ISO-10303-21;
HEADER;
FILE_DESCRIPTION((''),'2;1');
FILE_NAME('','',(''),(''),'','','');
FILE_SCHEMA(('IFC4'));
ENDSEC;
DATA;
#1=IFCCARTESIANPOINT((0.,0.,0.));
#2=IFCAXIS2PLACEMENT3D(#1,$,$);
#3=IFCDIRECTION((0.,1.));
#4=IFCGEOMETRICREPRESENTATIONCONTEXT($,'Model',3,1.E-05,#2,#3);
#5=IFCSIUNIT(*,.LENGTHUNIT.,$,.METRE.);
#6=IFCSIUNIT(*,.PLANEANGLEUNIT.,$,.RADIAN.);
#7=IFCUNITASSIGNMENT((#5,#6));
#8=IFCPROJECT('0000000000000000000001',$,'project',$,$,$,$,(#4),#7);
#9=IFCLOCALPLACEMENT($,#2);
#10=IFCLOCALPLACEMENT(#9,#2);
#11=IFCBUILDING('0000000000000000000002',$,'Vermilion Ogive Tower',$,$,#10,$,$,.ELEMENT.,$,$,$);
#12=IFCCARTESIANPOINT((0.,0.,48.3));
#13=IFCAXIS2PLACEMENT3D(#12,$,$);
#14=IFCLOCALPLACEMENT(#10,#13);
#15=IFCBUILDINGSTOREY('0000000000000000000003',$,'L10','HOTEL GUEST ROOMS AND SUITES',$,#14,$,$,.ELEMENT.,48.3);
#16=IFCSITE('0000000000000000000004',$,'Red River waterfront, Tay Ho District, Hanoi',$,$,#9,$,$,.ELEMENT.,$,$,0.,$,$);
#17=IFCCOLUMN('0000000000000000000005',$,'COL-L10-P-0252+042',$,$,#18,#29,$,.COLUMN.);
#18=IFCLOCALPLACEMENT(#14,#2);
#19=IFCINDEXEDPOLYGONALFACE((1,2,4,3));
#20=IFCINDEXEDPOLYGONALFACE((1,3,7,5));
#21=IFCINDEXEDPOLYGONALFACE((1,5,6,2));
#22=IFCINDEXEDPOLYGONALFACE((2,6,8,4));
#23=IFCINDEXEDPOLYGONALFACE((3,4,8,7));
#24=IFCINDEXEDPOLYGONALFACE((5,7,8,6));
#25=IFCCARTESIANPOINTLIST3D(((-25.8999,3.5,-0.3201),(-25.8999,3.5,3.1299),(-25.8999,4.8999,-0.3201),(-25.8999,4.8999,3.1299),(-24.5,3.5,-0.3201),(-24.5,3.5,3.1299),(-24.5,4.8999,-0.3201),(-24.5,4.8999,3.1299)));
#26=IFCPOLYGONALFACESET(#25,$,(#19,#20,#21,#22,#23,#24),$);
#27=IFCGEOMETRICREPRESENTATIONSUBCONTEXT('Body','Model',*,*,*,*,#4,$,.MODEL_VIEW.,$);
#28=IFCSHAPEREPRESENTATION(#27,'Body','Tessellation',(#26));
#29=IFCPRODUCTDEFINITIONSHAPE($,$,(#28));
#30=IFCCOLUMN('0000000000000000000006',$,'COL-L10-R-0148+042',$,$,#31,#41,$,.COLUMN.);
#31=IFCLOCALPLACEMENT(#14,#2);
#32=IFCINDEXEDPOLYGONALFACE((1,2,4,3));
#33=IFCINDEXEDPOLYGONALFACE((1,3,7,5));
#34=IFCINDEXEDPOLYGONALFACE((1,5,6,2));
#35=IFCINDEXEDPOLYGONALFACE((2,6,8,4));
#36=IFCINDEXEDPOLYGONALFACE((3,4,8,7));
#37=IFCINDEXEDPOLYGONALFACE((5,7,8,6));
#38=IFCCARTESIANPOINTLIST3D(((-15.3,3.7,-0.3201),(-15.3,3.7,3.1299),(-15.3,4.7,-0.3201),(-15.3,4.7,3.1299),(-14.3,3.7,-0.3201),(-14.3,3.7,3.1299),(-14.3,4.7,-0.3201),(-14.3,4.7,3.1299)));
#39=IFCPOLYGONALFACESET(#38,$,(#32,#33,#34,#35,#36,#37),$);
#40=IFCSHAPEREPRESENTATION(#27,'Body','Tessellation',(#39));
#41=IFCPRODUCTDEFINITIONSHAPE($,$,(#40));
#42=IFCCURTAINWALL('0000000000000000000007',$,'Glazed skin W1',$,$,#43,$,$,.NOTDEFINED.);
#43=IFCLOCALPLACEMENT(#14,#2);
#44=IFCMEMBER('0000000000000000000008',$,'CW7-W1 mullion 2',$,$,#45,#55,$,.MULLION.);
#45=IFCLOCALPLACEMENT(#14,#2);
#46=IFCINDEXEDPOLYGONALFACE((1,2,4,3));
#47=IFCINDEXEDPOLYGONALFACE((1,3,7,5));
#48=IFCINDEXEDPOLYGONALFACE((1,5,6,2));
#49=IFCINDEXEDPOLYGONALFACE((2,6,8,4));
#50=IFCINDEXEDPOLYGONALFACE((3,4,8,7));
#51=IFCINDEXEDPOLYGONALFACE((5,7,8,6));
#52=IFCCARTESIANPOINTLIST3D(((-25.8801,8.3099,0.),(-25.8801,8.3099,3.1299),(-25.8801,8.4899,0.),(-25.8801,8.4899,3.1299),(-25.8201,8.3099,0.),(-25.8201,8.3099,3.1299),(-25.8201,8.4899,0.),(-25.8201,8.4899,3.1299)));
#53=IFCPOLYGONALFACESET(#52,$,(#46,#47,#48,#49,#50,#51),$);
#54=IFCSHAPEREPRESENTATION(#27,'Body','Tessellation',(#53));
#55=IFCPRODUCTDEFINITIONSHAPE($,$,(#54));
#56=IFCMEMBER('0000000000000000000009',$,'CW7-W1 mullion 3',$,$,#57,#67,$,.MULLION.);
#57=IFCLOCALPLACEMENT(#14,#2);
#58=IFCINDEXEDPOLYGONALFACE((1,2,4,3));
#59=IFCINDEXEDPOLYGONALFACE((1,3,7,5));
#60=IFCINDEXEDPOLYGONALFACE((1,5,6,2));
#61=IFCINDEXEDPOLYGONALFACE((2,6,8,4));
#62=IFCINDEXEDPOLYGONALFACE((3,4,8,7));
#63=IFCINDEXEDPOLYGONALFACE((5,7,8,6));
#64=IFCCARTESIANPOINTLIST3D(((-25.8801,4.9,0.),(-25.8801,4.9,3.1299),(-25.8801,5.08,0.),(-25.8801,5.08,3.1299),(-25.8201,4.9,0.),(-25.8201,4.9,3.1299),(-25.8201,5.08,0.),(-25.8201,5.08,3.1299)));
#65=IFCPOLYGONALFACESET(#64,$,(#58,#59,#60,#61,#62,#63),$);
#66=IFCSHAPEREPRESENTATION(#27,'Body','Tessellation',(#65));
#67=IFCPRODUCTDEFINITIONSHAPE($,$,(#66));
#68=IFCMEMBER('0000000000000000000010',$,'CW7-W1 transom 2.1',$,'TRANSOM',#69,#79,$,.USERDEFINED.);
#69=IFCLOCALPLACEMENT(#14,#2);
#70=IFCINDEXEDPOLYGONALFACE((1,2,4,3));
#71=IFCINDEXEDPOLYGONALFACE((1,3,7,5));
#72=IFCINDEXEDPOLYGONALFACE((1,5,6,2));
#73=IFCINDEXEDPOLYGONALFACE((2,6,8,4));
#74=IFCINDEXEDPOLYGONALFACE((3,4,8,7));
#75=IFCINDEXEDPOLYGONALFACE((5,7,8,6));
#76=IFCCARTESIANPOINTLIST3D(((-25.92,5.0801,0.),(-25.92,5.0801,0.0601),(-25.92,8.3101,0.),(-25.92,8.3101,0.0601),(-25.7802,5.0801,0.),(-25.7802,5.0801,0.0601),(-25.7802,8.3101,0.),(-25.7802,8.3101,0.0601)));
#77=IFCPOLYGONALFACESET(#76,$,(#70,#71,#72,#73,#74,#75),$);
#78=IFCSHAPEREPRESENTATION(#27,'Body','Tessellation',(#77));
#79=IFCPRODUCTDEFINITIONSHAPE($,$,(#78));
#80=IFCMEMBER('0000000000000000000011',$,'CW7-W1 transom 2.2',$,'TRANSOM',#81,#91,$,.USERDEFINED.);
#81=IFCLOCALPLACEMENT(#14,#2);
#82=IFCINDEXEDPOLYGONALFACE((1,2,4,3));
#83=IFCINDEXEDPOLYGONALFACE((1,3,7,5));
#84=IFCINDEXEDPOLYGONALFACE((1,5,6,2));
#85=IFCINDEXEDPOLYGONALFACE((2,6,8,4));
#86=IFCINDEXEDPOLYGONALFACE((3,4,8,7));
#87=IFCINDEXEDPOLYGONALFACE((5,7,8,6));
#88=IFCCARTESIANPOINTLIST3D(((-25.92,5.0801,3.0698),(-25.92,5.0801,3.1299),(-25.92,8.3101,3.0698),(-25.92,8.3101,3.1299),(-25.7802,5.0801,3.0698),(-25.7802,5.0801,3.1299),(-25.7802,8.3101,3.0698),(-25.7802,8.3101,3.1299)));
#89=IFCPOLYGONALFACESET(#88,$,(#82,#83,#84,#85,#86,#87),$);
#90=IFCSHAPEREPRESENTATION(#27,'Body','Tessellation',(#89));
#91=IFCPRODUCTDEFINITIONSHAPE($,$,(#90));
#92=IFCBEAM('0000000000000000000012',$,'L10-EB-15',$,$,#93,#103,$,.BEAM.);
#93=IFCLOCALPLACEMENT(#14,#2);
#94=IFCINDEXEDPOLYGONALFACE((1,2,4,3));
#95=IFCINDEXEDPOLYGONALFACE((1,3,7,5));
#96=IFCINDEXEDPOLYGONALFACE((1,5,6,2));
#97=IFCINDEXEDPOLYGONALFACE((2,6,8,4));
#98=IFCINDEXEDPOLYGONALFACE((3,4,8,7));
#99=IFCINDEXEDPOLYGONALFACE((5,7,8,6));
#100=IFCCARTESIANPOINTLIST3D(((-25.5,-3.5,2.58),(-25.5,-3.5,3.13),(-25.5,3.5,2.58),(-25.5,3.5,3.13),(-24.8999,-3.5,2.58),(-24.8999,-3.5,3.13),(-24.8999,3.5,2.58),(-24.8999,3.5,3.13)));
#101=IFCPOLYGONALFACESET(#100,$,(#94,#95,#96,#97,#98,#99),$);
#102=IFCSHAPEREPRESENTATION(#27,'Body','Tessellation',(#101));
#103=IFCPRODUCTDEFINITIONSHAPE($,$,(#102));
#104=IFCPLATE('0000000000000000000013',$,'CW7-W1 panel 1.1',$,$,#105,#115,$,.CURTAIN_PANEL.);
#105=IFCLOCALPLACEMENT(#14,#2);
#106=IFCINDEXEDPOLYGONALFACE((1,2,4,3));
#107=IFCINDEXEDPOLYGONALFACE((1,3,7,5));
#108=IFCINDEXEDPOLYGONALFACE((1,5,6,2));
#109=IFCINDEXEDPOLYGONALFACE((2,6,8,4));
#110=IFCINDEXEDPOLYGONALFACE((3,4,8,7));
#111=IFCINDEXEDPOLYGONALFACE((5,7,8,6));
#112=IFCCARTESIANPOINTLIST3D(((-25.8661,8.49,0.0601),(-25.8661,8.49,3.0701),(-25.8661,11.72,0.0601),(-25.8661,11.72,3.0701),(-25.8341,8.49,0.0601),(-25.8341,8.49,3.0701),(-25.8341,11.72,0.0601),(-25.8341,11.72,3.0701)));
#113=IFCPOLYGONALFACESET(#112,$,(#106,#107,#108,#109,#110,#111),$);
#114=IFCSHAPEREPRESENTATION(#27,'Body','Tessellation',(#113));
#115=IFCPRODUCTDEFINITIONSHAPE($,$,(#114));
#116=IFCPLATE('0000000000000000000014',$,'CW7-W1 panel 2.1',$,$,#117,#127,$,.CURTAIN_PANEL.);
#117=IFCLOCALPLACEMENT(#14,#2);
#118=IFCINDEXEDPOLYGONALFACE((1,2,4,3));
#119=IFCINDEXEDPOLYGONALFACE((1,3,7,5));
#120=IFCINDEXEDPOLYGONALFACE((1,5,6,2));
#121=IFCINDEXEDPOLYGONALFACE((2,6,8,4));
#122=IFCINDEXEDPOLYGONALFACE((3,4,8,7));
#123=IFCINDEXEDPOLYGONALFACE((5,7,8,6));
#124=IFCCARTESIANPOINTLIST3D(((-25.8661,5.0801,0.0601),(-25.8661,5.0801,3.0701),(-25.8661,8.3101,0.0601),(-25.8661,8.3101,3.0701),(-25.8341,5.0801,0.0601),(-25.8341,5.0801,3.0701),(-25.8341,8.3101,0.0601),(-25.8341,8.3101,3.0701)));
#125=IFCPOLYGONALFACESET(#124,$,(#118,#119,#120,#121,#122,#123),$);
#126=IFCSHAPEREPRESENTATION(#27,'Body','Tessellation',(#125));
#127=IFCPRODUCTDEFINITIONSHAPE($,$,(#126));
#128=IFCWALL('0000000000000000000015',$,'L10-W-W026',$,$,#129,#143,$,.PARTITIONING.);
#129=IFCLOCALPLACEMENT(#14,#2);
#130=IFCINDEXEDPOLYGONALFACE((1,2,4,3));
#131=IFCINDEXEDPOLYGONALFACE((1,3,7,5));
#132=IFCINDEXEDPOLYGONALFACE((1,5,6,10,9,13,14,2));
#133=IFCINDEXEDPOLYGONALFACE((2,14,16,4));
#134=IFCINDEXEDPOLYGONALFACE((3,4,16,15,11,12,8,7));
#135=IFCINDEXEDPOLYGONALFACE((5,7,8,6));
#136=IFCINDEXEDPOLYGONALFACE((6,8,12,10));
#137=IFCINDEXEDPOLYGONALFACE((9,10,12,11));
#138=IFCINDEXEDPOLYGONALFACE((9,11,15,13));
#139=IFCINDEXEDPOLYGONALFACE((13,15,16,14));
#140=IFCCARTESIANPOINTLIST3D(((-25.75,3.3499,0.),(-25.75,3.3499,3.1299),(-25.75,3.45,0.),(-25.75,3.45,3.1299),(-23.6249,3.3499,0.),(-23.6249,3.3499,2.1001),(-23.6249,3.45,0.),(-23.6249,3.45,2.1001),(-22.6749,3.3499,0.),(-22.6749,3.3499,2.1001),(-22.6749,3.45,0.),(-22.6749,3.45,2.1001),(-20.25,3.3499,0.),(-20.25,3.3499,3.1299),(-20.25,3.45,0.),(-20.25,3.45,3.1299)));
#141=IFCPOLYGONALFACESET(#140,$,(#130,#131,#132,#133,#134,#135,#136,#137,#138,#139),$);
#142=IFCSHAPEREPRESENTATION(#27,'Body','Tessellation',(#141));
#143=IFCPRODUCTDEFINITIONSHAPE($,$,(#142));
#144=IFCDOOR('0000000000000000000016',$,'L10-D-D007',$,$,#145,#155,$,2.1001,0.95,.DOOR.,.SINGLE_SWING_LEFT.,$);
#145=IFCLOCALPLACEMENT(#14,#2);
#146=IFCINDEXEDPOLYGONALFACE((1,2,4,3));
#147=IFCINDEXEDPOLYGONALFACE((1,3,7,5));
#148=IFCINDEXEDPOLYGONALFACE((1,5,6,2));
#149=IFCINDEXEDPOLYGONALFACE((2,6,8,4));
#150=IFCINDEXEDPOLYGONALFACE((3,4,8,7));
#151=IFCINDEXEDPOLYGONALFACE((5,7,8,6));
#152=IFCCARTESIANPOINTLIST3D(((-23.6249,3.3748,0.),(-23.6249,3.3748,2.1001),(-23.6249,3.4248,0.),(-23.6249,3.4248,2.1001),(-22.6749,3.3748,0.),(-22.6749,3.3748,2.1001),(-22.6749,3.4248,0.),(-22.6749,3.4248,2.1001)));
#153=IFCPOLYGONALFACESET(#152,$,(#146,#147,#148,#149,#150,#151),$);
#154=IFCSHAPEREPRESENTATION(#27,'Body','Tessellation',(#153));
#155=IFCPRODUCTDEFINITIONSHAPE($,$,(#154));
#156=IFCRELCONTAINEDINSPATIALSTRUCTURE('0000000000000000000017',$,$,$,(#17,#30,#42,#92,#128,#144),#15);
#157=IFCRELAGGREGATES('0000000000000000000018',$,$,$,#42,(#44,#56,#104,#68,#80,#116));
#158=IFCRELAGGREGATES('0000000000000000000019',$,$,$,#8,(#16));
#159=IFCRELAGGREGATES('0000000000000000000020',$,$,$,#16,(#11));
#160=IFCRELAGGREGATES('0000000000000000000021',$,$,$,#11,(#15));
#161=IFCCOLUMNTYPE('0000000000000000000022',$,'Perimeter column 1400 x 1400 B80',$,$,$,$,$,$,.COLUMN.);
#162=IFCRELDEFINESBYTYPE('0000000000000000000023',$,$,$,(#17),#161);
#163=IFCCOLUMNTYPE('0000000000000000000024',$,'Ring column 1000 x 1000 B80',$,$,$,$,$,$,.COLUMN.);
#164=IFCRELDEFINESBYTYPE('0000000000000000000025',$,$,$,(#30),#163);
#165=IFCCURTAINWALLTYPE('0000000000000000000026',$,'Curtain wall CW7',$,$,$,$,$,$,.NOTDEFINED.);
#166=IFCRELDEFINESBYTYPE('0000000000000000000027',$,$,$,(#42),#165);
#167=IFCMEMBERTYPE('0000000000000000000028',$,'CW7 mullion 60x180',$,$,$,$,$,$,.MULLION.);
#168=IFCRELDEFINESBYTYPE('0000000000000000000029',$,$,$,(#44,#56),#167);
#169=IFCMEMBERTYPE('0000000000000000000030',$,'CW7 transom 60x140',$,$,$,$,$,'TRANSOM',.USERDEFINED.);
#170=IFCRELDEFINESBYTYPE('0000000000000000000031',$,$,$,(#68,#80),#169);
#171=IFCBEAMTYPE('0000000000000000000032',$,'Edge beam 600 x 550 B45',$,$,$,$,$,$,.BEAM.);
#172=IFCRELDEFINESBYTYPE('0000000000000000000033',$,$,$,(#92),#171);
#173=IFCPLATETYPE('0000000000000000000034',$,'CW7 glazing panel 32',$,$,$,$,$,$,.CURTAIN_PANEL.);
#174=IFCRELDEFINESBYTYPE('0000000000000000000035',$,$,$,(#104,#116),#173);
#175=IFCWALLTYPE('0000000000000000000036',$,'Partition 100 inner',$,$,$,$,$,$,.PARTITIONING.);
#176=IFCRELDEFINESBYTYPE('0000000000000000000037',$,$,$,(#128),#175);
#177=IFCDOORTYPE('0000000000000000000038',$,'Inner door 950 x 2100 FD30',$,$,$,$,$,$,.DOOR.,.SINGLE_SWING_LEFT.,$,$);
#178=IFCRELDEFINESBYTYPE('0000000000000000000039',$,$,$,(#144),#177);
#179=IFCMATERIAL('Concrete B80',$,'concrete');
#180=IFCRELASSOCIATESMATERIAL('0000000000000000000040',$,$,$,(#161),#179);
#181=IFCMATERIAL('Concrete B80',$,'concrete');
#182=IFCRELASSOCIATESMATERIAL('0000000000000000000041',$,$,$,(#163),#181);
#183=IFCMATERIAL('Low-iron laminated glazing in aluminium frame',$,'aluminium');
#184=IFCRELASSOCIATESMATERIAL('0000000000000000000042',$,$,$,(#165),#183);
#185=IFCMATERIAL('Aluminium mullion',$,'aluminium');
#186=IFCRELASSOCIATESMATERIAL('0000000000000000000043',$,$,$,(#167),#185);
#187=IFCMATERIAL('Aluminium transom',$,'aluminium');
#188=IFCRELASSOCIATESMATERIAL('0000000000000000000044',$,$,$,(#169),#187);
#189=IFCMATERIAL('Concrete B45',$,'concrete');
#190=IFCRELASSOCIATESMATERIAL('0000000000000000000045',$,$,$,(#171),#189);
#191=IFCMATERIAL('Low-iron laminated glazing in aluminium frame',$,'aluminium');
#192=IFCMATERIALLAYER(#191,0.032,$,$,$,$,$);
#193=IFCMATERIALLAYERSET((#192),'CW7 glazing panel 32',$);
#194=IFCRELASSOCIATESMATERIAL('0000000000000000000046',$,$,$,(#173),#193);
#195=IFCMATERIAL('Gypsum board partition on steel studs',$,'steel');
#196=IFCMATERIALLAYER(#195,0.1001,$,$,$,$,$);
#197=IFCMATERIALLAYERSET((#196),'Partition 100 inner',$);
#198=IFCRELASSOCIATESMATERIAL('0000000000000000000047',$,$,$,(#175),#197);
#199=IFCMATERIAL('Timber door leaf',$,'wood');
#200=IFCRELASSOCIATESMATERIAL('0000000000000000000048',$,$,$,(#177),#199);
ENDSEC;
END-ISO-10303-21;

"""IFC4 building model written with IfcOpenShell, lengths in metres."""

from ifc_helpers import new_model, si_unit, direction, frame, frame_2d, origin, origin_2d, place, context, subcontext, project, spatial, rectangle, extrude, material, layer, layer_set, material_profile, profile_set, type_object, element, fill, aggregate, save


model = new_model("IFC4")

# Units and contexts
model_context = context("Model", 3, precision=1e-05, world=origin(), true_north=direction((0.0, 1.0)))
body_context = subcontext(model_context, "Body", "Model", "MODEL_VIEW")
ifc_project = project(units=[si_unit("LENGTHUNIT", "METRE"), si_unit("PLANEANGLEUNIT", "RADIAN")], contexts=[model_context])

# Site, building, storey
site_placement = place(None, origin())
site = spatial("IfcSite", under=ifc_project, at=site_placement, Name="Red River waterfront, Tay Ho District, Hanoi", CompositionType="ELEMENT", RefElevation=0.0)
building_placement = place(site_placement, origin())
building = spatial("IfcBuilding", under=site, at=building_placement, Name="Vermilion Ogive Tower", CompositionType="ELEMENT")
storey_placement = place(building_placement, frame((0.0, 0.0, 48.3)))
storey = spatial("IfcBuildingStorey", under=building, at=storey_placement, Name="L10", Description="HOTEL GUEST ROOMS AND SUITES", CompositionType="ELEMENT", Elevation=48.3)

# Columns
ifc_material_1 = material(Name="Concrete B80", Category="concrete")
ifc_material_profile_1 = material_profile(ifc_material_1, rectangle(XDim=1.3999, YDim=1.3999, at=origin_2d()), Name="1400 x 1400")
ifc_profile_set_1 = profile_set([ifc_material_profile_1], Name="Concrete B80")
column_type_1 = type_object("IfcColumnType", Name="Perimeter column 1400 x 1400 B80", PredefinedType="COLUMN", material=ifc_profile_set_1)
column_1_placement = place(storey_placement, frame((-25.2, 4.2, -0.3201), z_axis=(0.0, 0.0, 1.0), x_axis=(1.0, 0.0, 0.0)))
element("IfcColumn", 1, at=column_1_placement, inside=storey, type_object=column_type_1, Name="COL-L10-P-0252+042", PredefinedType="COLUMN", context=body_context, shape_type="SweptSolid", body=[
    extrude(rectangle(XDim=1.3999, YDim=1.3999, at=origin_2d()), origin(), (0.0, 0.0, 1.0), 3.45),
])
ifc_material_2 = material(Name="Concrete B80", Category="concrete")
ifc_material_profile_2 = material_profile(ifc_material_2, rectangle(XDim=1.0, YDim=1.0, at=origin_2d()), Name="1000 x 1000")
ifc_profile_set_2 = profile_set([ifc_material_profile_2], Name="Concrete B80")
column_type_2 = type_object("IfcColumnType", Name="Ring column 1000 x 1000 B80", PredefinedType="COLUMN", material=ifc_profile_set_2)
column_2_placement = place(storey_placement, frame((-14.8, 4.2, -0.3201), z_axis=(0.0, 0.0, 1.0), x_axis=(1.0, 0.0, 0.0)))
element("IfcColumn", 2, at=column_2_placement, inside=storey, type_object=column_type_2, Name="COL-L10-R-0148+042", PredefinedType="COLUMN", context=body_context, shape_type="SweptSolid", body=[
    extrude(rectangle(XDim=1.0, YDim=1.0, at=origin_2d()), origin(), (0.0, 0.0, 1.0), 3.45),
])

# Curtain wall, members
ifc_material_3 = material(Name="Low-iron laminated glazing in aluminium frame", Category="aluminium")
curtain_wall_type = type_object("IfcCurtainWallType", Name="Curtain wall CW7", PredefinedType="NOTDEFINED", material=ifc_material_3)
curtain_wall_placement = place(storey_placement, origin())
curtain_wall = element("IfcCurtainWall", 3, at=curtain_wall_placement, inside=storey, type_object=curtain_wall_type, Name="Glazed skin W1", PredefinedType="NOTDEFINED")
ifc_material_4 = material(Name="Aluminium mullion", Category="aluminium")
ifc_material_profile_3 = material_profile(ifc_material_4, rectangle(XDim=0.0601, YDim=0.1799, at=origin_2d()), Name="AL 60x180")
ifc_profile_set_3 = profile_set([ifc_material_profile_3], Name="Aluminium mullion")
member_type_1 = type_object("IfcMemberType", Name="CW7 mullion 60x180", PredefinedType="MULLION", material=ifc_profile_set_3)
member_1_placement = place(storey_placement, frame((-25.8501, 8.3999, 0.0), z_axis=(0.0, 0.0, 1.0), x_axis=(1.0, 0.0, 0.0)))
member_1 = element("IfcMember", 4, at=member_1_placement, type_object=member_type_1, Name="CW7-W1 mullion 2", PredefinedType="MULLION", context=body_context, shape_type="SweptSolid", body=[
    extrude(rectangle(XDim=0.0601, YDim=0.1799, at=origin_2d()), origin(), (0.0, 0.0, 1.0), 3.1299),
])
member_2_placement = place(storey_placement, frame((-25.8501, 4.99, 0.0), z_axis=(0.0, 0.0, 1.0), x_axis=(1.0, 0.0, 0.0)))
member_2 = element("IfcMember", 5, at=member_2_placement, type_object=member_type_1, Name="CW7-W1 mullion 3", PredefinedType="MULLION", context=body_context, shape_type="SweptSolid", body=[
    extrude(rectangle(XDim=0.0601, YDim=0.1799, at=origin_2d()), origin(), (0.0, 0.0, 1.0), 3.1299),
])
ifc_material_5 = material(Name="Aluminium transom", Category="aluminium")
ifc_material_profile_4 = material_profile(ifc_material_5, rectangle(XDim=0.1399, YDim=0.0601, at=origin_2d()), Name="AL 60x140")
ifc_profile_set_4 = profile_set([ifc_material_profile_4], Name="Aluminium transom")
member_type_2 = type_object("IfcMemberType", Name="CW7 transom 60x140", ElementType="TRANSOM", PredefinedType="USERDEFINED", material=ifc_profile_set_4)
member_3_placement = place(storey_placement, frame((-25.8501, 8.3101, 0.03), z_axis=(0.0, -1.0, 0.0), x_axis=(1.0, 0.0, 0.0)))
member_3 = element("IfcMember", 6, at=member_3_placement, type_object=member_type_2, Name="CW7-W1 transom 2.1", ObjectType="TRANSOM", PredefinedType="USERDEFINED", context=body_context, shape_type="SweptSolid", body=[
    extrude(rectangle(XDim=0.1399, YDim=0.0601, at=origin_2d()), origin(), (0.0, 0.0, 1.0), 3.23),
])
member_4_placement = place(storey_placement, frame((-25.8501, 8.3101, 3.0999), z_axis=(0.0, -1.0, 0.0), x_axis=(1.0, 0.0, 0.0)))
member_4 = element("IfcMember", 7, at=member_4_placement, type_object=member_type_2, Name="CW7-W1 transom 2.2", ObjectType="TRANSOM", PredefinedType="USERDEFINED", context=body_context, shape_type="SweptSolid", body=[
    extrude(rectangle(XDim=0.1399, YDim=0.0601, at=origin_2d()), origin(), (0.0, 0.0, 1.0), 3.23),
])

# Beam
ifc_material_6 = material(Name="Concrete B45", Category="concrete")
ifc_material_profile_5 = material_profile(ifc_material_6, rectangle(XDim=0.6001, YDim=0.55, at=origin_2d()), Name="600 x 550")
ifc_profile_set_5 = profile_set([ifc_material_profile_5], Name="Concrete B45")
beam_type = type_object("IfcBeamType", Name="Edge beam 600 x 550 B45", PredefinedType="BEAM", material=ifc_profile_set_5)
beam_placement = place(storey_placement, frame((-25.2, 3.5, 2.855), z_axis=(0.0, -1.0, 0.0), x_axis=(1.0, 0.0, 0.0)))
element("IfcBeam", 8, at=beam_placement, inside=storey, type_object=beam_type, Name="L10-EB-15", PredefinedType="BEAM", context=body_context, shape_type="SweptSolid", body=[
    extrude(rectangle(XDim=0.6001, YDim=0.55, at=origin_2d()), origin(), (0.0, 0.0, 1.0), 7.0),
])

# Plates
ifc_material_7 = material(Name="Low-iron laminated glazing in aluminium frame", Category="aluminium")
ifc_layer_1 = layer(ifc_material_7, 0.032)
ifc_layer_set_1 = layer_set([ifc_layer_1], Name="CW7 glazing panel 32")
plate_type = type_object("IfcPlateType", Name="CW7 glazing panel 32", PredefinedType="CURTAIN_PANEL", material=ifc_layer_set_1)
plate_1_placement = place(storey_placement, frame((-25.8501, 10.105, 0.0601), z_axis=(0.0, 0.0, 1.0), x_axis=(0.0, -1.0, 0.0)))
plate_1 = element("IfcPlate", 9, at=plate_1_placement, type_object=plate_type, Name="CW7-W1 panel 1.1", PredefinedType="CURTAIN_PANEL", context=body_context, shape_type="SweptSolid", body=[
    extrude(rectangle(XDim=3.23, YDim=0.032, at=origin_2d()), origin(), (0.0, 0.0, 1.0), 3.01),
])
plate_2_placement = place(storey_placement, frame((-25.8501, 6.6951, 0.0601), z_axis=(0.0, 0.0, 1.0), x_axis=(0.0, -1.0, 0.0)))
plate_2 = element("IfcPlate", 10, at=plate_2_placement, type_object=plate_type, Name="CW7-W1 panel 2.1", PredefinedType="CURTAIN_PANEL", context=body_context, shape_type="SweptSolid", body=[
    extrude(rectangle(XDim=3.23, YDim=0.032, at=origin_2d()), origin(), (0.0, 0.0, 1.0), 3.01),
])
aggregate(curtain_wall, [member_1, member_2, plate_1, member_3, member_4, plate_2])

# Wall, opening, door
ifc_material_8 = material(Name="Gypsum board partition on steel studs", Category="steel")
ifc_layer_2 = layer(ifc_material_8, 0.1001)
ifc_layer_set_2 = layer_set([ifc_layer_2], Name="Partition 100 inner")
wall_type_1 = type_object("IfcWallType", Name="Partition 100 inner", PredefinedType="PARTITIONING", material=ifc_layer_set_2)
wall_1_placement = place(storey_placement, frame((-25.75, 3.3999, 0.0), z_axis=(0.0, 0.0, 1.0), x_axis=(1.0, 0.0, 0.0)))
wall_1 = element("IfcWall", 11, at=wall_1_placement, inside=storey, type_object=wall_type_1, Name="L10-W-W026", PredefinedType="PARTITIONING", context=body_context, shape_type="SweptSolid", body=[
    extrude(rectangle(XDim=5.5, YDim=0.1001, at=frame_2d((2.75, 0.0))), origin(), (0.0, 0.0, 1.0), 3.1299),
])
opening_1_placement = place(wall_1_placement, frame((2.125, 0.0, 0.0)))
opening_1 = element("IfcOpeningElement", 12, at=opening_1_placement, cuts=wall_1, PredefinedType="OPENING", context=body_context, shape_type="SweptSolid", body=[
    extrude(rectangle(XDim=0.95, YDim=2.1001, at=frame_2d((0.4751, 1.05))), frame((0.0, 0.0601, 0.0), z_axis=(0.0, -1.0, 0.0), x_axis=(1.0, 0.0, 0.0)), (0.0, 0.0, 1.0), 0.1201),
])
ifc_material_9 = material(Name="Timber door leaf", Category="wood")
door_type_1 = type_object("IfcDoorType", Name="Inner door 950 x 2100 FD30", OperationType="SINGLE_SWING_LEFT", PredefinedType="DOOR", material=ifc_material_9)
door_1_placement = place(opening_1_placement, origin())
door_1 = element("IfcDoor", 13, at=door_1_placement, inside=storey, type_object=door_type_1, Name="L10-D-D007", OperationType="SINGLE_SWING_LEFT", OverallHeight=2.1001, OverallWidth=0.95, PredefinedType="DOOR", context=body_context, shape_type="SweptSolid", body=[
    extrude(rectangle(XDim=0.95, YDim=2.1001, at=frame_2d((0.4751, 1.05))), frame((0.0, 0.0249, 0.0), z_axis=(0.0, -1.0, 0.0), x_axis=(1.0, 0.0, 0.0)), (0.0, 0.0, 1.0), 0.05),
])
fill(opening_1, door_1)

save(model, "model.ifc")
